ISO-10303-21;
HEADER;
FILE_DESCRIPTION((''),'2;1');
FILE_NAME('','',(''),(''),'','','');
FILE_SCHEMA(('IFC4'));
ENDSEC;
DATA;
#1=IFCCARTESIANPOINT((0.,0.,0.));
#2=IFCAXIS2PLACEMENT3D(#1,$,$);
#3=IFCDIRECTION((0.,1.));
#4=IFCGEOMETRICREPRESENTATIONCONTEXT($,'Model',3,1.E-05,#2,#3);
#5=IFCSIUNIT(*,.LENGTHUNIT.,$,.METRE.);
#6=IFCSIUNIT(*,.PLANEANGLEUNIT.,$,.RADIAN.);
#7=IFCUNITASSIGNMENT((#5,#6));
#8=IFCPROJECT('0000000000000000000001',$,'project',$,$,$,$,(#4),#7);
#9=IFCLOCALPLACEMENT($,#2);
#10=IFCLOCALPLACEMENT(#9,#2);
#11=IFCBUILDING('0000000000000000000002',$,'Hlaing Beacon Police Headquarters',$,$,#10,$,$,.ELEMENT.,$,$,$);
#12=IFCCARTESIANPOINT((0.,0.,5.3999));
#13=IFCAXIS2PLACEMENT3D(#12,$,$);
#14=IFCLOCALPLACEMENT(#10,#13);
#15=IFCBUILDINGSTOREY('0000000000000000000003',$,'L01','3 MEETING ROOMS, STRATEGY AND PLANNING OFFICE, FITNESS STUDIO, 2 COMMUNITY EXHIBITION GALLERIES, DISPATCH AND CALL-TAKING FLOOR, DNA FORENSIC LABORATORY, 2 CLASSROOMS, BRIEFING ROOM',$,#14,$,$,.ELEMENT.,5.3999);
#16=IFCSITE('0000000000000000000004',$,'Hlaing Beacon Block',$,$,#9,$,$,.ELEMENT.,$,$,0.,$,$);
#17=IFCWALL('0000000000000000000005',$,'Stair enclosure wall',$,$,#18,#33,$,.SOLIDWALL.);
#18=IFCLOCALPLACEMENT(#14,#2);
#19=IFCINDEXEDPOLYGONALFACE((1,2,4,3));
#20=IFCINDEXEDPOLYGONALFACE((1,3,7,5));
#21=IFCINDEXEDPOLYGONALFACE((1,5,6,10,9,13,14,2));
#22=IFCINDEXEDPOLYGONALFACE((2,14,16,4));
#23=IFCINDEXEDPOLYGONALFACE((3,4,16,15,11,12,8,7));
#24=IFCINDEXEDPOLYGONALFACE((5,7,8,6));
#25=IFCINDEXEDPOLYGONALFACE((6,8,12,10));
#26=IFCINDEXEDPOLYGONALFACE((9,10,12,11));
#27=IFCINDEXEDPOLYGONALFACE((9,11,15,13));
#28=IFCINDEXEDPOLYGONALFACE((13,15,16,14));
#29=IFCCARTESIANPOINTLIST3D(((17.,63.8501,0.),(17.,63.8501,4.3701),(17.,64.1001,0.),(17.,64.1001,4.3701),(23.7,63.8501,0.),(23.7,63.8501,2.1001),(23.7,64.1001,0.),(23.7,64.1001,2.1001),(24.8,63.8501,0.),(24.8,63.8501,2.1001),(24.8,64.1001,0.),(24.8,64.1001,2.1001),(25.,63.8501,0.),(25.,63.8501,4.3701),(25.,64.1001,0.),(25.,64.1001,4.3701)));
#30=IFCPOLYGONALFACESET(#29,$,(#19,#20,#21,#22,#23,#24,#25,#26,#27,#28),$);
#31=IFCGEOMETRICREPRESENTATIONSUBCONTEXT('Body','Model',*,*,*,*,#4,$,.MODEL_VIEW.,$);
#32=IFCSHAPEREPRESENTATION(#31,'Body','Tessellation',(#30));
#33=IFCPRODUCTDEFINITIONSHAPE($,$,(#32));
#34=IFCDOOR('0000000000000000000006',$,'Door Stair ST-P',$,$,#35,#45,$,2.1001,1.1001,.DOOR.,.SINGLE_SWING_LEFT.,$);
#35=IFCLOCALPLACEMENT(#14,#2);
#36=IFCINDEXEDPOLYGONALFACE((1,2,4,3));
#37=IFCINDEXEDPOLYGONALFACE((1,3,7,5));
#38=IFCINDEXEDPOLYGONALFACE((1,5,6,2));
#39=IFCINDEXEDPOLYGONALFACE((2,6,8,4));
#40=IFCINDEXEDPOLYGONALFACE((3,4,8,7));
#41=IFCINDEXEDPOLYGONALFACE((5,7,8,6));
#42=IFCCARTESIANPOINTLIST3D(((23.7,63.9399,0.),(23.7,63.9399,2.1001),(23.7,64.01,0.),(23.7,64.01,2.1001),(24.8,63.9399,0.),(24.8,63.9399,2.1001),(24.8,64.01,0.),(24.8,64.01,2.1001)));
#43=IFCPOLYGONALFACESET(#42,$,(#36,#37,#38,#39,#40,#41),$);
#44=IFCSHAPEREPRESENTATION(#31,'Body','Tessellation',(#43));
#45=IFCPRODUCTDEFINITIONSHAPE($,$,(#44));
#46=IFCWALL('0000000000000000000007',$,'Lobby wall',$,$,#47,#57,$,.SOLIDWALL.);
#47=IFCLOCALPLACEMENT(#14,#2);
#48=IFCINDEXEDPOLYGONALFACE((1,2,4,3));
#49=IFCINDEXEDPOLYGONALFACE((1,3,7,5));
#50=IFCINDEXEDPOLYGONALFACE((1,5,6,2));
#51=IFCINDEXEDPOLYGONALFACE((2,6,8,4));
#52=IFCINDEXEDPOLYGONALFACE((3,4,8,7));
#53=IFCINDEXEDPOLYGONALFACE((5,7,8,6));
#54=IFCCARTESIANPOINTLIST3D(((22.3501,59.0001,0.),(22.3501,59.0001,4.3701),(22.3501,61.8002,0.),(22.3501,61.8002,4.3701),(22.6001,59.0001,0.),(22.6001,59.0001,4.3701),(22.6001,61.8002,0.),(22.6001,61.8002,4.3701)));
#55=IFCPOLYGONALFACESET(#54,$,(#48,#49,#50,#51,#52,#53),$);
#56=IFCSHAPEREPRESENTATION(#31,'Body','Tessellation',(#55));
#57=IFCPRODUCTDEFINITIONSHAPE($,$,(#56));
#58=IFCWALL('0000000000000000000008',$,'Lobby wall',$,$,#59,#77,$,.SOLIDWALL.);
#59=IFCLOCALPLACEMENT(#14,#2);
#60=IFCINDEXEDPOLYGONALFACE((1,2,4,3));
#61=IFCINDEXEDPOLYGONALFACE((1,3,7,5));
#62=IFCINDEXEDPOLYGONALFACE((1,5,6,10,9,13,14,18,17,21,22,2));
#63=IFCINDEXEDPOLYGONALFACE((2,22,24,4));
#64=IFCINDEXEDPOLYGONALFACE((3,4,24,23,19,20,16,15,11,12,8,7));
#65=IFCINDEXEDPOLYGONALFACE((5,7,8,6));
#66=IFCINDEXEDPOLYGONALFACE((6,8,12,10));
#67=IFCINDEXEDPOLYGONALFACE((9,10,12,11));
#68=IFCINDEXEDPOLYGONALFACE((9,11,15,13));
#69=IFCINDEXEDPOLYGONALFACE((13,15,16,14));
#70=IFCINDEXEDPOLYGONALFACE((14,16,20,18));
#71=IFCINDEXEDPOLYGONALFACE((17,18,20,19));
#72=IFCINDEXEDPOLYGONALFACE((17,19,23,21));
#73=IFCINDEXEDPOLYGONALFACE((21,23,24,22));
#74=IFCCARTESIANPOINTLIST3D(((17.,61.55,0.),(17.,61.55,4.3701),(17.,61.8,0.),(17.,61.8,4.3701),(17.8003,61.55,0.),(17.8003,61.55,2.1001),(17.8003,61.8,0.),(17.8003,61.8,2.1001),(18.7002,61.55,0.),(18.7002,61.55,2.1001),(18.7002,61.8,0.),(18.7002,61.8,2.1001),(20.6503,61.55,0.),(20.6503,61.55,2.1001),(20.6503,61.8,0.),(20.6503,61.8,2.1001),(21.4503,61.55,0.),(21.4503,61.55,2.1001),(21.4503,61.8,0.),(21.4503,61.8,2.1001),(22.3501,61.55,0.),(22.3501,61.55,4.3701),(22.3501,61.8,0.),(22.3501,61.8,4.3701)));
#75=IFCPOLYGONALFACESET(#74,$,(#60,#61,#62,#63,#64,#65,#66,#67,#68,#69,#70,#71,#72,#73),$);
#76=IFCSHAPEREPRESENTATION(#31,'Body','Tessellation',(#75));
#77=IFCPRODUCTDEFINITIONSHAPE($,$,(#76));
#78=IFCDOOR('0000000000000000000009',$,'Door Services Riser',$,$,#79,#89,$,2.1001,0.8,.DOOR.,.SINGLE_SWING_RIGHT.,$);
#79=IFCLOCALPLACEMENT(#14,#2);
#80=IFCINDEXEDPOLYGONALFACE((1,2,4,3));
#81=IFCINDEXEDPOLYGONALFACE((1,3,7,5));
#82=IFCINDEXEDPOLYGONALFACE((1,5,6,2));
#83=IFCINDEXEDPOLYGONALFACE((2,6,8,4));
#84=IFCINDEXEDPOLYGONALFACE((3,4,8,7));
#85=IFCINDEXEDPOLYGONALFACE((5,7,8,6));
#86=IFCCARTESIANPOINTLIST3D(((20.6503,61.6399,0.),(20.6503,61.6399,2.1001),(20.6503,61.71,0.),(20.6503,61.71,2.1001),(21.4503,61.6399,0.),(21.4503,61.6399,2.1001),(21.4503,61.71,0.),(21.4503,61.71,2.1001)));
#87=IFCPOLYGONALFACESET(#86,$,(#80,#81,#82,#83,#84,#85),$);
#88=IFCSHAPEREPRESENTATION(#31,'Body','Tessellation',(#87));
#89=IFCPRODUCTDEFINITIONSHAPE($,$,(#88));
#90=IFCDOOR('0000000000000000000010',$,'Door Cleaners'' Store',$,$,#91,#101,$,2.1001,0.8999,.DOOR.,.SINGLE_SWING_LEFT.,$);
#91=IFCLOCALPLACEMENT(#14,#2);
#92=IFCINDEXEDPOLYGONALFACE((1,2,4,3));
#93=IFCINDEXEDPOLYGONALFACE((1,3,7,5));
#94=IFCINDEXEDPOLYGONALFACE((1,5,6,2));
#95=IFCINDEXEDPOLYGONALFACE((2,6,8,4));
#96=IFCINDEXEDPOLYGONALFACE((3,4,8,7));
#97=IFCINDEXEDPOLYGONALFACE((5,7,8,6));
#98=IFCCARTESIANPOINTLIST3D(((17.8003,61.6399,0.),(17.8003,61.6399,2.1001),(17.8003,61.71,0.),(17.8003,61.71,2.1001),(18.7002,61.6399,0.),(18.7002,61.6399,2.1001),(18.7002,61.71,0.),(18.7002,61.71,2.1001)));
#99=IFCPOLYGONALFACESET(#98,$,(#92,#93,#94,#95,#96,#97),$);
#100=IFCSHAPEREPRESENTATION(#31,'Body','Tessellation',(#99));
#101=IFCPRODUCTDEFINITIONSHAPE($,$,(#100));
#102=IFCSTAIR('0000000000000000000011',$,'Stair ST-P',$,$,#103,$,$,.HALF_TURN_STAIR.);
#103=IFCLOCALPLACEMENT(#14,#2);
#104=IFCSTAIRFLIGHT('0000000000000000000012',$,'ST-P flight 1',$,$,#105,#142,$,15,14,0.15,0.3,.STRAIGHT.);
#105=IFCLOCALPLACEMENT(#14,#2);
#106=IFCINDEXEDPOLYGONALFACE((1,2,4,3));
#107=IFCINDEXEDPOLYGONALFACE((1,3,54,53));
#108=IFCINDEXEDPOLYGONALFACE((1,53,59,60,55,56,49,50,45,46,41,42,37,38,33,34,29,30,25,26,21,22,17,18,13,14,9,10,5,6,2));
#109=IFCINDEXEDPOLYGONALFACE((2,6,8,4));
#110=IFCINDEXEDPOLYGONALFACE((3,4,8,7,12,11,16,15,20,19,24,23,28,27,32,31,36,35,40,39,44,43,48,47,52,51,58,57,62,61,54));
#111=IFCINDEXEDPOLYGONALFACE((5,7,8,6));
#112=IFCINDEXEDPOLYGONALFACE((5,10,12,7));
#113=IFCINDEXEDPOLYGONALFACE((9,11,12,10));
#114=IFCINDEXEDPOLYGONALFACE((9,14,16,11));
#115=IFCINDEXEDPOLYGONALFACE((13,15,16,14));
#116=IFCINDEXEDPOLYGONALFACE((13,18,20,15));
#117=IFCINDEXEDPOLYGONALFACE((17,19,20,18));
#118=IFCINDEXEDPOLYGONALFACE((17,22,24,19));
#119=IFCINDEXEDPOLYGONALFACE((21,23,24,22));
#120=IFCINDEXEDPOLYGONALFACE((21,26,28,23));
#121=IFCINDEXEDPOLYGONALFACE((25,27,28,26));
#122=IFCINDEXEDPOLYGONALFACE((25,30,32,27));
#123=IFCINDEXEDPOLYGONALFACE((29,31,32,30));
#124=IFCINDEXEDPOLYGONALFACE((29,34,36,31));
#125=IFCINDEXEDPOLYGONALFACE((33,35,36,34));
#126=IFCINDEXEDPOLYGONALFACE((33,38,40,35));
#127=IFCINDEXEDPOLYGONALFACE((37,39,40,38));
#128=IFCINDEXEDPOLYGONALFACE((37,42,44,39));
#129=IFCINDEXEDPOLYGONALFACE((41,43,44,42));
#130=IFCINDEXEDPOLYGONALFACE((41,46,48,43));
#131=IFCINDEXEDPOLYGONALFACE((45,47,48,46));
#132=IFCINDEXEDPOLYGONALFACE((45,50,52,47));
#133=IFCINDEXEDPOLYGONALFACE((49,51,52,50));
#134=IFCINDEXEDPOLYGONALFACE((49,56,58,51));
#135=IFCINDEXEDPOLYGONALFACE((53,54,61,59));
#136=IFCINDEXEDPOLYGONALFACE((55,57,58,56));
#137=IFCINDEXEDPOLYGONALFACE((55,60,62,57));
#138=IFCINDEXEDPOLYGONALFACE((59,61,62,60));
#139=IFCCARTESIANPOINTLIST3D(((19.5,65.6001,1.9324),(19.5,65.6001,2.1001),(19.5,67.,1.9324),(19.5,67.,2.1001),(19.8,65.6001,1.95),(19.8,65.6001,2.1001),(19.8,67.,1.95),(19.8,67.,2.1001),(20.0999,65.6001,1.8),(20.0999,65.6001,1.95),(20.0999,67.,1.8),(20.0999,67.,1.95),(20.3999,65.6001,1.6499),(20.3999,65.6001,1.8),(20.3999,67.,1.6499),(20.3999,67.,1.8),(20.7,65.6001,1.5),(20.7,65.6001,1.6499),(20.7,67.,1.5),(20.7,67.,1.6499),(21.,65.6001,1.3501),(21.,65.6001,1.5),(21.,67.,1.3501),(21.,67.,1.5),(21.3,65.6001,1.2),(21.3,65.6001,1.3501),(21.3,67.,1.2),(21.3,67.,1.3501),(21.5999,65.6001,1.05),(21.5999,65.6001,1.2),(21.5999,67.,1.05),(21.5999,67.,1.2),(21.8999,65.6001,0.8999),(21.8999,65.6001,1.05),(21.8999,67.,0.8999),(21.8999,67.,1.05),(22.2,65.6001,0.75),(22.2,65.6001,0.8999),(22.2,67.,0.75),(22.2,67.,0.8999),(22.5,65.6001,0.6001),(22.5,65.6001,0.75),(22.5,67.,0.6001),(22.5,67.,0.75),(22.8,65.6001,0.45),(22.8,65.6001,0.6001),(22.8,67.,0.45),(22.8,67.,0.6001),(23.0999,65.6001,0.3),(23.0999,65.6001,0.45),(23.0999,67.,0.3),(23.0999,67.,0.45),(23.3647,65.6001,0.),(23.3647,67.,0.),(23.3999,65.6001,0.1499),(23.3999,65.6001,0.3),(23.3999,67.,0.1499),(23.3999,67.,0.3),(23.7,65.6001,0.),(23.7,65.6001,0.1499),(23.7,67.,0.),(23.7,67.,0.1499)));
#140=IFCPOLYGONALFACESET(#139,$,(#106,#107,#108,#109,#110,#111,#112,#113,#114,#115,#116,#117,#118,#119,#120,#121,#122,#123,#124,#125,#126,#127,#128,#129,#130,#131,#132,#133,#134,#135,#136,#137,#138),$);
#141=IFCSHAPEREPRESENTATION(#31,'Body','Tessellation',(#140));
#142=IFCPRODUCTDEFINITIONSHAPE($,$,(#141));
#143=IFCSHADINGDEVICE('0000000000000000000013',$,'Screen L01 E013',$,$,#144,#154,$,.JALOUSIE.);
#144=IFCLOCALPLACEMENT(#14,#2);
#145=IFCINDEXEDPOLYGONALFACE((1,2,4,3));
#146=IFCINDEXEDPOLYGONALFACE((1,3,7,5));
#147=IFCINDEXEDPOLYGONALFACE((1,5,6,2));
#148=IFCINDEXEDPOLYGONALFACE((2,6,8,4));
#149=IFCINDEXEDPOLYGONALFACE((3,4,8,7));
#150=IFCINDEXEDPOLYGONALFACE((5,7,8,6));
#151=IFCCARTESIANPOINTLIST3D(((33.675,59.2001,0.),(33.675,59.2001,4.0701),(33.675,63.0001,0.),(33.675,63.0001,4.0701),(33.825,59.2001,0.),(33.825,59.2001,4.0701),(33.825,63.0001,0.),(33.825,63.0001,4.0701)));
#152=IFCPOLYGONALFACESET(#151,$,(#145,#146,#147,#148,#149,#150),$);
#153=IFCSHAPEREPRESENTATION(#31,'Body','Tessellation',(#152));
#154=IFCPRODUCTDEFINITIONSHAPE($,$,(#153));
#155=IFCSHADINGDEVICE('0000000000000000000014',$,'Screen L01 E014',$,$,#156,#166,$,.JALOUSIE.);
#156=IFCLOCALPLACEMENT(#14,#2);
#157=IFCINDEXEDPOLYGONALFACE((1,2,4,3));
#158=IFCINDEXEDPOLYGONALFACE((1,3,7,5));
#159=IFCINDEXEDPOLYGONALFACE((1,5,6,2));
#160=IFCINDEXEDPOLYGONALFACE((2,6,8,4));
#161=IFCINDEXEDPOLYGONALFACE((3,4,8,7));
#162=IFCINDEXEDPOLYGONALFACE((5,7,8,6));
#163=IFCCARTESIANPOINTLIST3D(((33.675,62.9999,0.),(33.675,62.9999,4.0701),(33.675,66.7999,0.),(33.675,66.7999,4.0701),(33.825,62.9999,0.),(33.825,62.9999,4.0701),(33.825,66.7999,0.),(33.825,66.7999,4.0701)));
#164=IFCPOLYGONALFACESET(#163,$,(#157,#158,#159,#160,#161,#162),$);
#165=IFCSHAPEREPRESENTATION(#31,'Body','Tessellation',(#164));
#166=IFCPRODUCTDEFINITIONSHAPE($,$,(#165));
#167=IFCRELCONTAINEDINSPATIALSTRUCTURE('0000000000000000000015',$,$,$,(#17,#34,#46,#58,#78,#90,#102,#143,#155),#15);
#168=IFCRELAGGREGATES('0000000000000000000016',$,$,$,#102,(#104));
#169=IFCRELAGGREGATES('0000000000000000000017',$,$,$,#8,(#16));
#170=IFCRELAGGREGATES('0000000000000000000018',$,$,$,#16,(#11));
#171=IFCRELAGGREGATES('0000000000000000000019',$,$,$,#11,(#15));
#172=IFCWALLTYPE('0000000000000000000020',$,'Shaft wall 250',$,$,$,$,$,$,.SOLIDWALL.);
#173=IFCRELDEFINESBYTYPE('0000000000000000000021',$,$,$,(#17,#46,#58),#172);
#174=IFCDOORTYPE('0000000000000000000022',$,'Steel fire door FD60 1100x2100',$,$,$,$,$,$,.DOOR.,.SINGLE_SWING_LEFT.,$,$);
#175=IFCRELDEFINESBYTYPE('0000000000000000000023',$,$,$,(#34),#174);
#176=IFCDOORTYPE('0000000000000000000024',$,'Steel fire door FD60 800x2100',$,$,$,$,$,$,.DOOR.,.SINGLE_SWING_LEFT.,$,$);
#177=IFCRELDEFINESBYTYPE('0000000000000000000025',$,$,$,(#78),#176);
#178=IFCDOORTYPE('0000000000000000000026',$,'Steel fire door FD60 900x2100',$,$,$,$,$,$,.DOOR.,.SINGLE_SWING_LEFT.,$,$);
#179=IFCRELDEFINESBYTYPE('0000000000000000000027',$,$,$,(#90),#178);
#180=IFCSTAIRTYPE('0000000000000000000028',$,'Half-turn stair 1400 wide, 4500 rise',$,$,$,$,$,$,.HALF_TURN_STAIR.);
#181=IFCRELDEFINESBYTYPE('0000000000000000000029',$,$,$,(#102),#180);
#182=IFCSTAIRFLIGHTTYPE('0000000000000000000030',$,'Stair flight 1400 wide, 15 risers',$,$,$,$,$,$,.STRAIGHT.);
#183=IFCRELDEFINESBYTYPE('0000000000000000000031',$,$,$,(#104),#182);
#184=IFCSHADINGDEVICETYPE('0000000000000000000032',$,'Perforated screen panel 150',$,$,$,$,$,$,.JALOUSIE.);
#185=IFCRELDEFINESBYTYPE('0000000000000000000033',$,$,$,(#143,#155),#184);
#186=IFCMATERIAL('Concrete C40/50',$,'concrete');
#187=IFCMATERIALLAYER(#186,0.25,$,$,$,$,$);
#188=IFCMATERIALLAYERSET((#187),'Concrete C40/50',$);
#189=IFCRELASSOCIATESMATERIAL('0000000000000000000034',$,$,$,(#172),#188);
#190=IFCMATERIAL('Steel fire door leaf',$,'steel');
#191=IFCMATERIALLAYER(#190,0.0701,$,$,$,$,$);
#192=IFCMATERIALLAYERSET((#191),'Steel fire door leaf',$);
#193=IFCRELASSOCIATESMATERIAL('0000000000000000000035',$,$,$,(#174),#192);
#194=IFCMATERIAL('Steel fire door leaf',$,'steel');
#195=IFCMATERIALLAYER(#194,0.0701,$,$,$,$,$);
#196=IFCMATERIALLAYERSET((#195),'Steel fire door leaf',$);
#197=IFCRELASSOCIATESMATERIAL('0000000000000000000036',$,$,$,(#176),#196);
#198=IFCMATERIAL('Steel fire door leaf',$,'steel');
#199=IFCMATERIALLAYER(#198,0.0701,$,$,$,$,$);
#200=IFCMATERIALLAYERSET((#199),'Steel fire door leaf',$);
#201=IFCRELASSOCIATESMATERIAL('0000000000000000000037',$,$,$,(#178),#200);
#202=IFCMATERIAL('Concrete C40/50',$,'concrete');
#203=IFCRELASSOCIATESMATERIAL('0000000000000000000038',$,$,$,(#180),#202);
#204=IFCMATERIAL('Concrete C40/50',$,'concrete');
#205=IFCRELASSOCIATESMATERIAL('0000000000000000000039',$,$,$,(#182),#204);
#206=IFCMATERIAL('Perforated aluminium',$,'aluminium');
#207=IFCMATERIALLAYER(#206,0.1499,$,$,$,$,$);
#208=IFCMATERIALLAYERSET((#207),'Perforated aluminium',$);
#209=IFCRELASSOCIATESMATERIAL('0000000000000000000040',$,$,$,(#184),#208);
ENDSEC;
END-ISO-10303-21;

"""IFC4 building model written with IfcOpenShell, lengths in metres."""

from ifc_helpers import new_model, si_unit, direction, frame, frame_2d, origin, origin_2d, place, context, subcontext, project, spatial, polyline, rectangle, outline, extrude, material, layer, layer_set, type_object, element, fill, aggregate, save


model = new_model("IFC4")

# Units and contexts
model_context = context("Model", 3, precision=1e-05, world=origin(), true_north=direction((0.0, 1.0)))
body_context = subcontext(model_context, "Body", "Model", "MODEL_VIEW")
ifc_project = project(units=[si_unit("LENGTHUNIT", "METRE"), si_unit("PLANEANGLEUNIT", "RADIAN")], contexts=[model_context])

# Site, building, storey
site_placement = place(None, origin())
site = spatial("IfcSite", under=ifc_project, at=site_placement, Name="Hlaing Beacon Block", CompositionType="ELEMENT", RefElevation=0.0)
building_placement = place(site_placement, origin())
building = spatial("IfcBuilding", under=site, at=building_placement, Name="Hlaing Beacon Police Headquarters", CompositionType="ELEMENT")
storey_placement = place(building_placement, frame((0.0, 0.0, 5.3999)))
storey = spatial("IfcBuildingStorey", under=building, at=storey_placement, Name="L01", Description="3 MEETING ROOMS, STRATEGY AND PLANNING OFFICE, FITNESS STUDIO, 2 COMMUNITY EXHIBITION GALLERIES, DISPATCH AND CALL-TAKING FLOOR, DNA FORENSIC LABORATORY, 2 CLASSROOMS, BRIEFING ROOM", CompositionType="ELEMENT", Elevation=5.3999)

# Wall, opening, door
ifc_material_1 = material(Name="Concrete C40/50", Category="concrete")
ifc_layer_1 = layer(ifc_material_1, 0.25)
ifc_layer_set_1 = layer_set([ifc_layer_1], Name="Concrete C40/50")
wall_type_1 = type_object("IfcWallType", Name="Shaft wall 250", PredefinedType="SOLIDWALL", material=ifc_layer_set_1)
wall_1_placement = place(storey_placement, frame((25.0, 63.9751, 0.0), z_axis=(0.0, 0.0, 1.0), x_axis=(-1.0, 0.0, 0.0)))
wall_1 = element("IfcWall", 1, at=wall_1_placement, inside=storey, type_object=wall_type_1, Name="Stair enclosure wall", PredefinedType="SOLIDWALL", context=body_context, shape_type="SweptSolid", body=[
    extrude(rectangle(XDim=8.0, YDim=0.25, at=frame_2d((4.0, 0.0))), origin(), (0.0, 0.0, 1.0), 4.3701),
])
opening_1_placement = place(wall_1_placement, frame((0.2, 0.0, 0.0)))
opening_1 = element("IfcOpeningElement", 2, at=opening_1_placement, cuts=wall_1, PredefinedType="OPENING", context=body_context, shape_type="SweptSolid", body=[
    extrude(rectangle(XDim=1.1001, YDim=2.1001, at=frame_2d((0.55, 1.05))), frame((0.0, 0.135, 0.0), z_axis=(0.0, -1.0, 0.0), x_axis=(1.0, 0.0, 0.0)), (0.0, 0.0, 1.0), 0.27),
])
ifc_material_2 = material(Name="Steel fire door leaf", Category="steel")
ifc_layer_2 = layer(ifc_material_2, 0.0701)
ifc_layer_set_2 = layer_set([ifc_layer_2], Name="Steel fire door leaf")
door_type_1 = type_object("IfcDoorType", Name="Steel fire door FD60 1100x2100", OperationType="SINGLE_SWING_LEFT", PredefinedType="DOOR", material=ifc_layer_set_2)
door_1_placement = place(opening_1_placement, frame((1.1001, 0.0, 0.0), z_axis=(0.0, 0.0, 1.0), x_axis=(-1.0, 0.0, 0.0)))
door_1 = element("IfcDoor", 3, at=door_1_placement, inside=storey, type_object=door_type_1, Name="Door Stair ST-P", OperationType="SINGLE_SWING_LEFT", OverallHeight=2.1001, OverallWidth=1.1001, PredefinedType="DOOR", context=body_context, shape_type="SweptSolid", body=[
    extrude(rectangle(XDim=1.1001, YDim=2.1001, at=frame_2d((0.55, 1.05))), frame((0.0, 0.0349, 0.0), z_axis=(0.0, -1.0, 0.0), x_axis=(1.0, 0.0, 0.0)), (0.0, 0.0, 1.0), 0.0701),
])
fill(opening_1, door_1)

# Wall
wall_2_placement = place(storey_placement, frame((22.4751, 61.8, 0.0), z_axis=(0.0, 0.0, 1.0), x_axis=(0.0, -1.0, 0.0)))
element("IfcWall", 4, at=wall_2_placement, inside=storey, type_object=wall_type_1, Name="Lobby wall", PredefinedType="SOLIDWALL", context=body_context, shape_type="SweptSolid", body=[
    extrude(rectangle(XDim=2.8, YDim=0.25, at=frame_2d((1.3999, 0.0))), origin(), (0.0, 0.0, 1.0), 4.3701),
])

# Wall, openings, doors
wall_3_placement = place(storey_placement, frame((22.3501, 61.675, 0.0), z_axis=(0.0, 0.0, 1.0), x_axis=(-1.0, 0.0, 0.0)))
wall_3 = element("IfcWall", 5, at=wall_3_placement, inside=storey, type_object=wall_type_1, Name="Lobby wall", PredefinedType="SOLIDWALL", context=body_context, shape_type="SweptSolid", body=[
    extrude(rectangle(XDim=5.3501, YDim=0.25, at=frame_2d((2.675, 0.0))), origin(), (0.0, 0.0, 1.0), 4.3701),
])
opening_2_placement = place(wall_3_placement, frame((3.6499, 0.0, 0.0)))
opening_2 = element("IfcOpeningElement", 6, at=opening_2_placement, cuts=wall_3, PredefinedType="OPENING", context=body_context, shape_type="SweptSolid", body=[
    extrude(rectangle(XDim=0.8999, YDim=2.1001, at=frame_2d((0.45, 1.05))), frame((0.0, 0.135, 0.0), z_axis=(0.0, -1.0, 0.0), x_axis=(1.0, 0.0, 0.0)), (0.0, 0.0, 1.0), 0.27),
])
opening_3_placement = place(wall_3_placement, frame((0.8999, 0.0, 0.0)))
opening_3 = element("IfcOpeningElement", 7, at=opening_3_placement, cuts=wall_3, PredefinedType="OPENING", context=body_context, shape_type="SweptSolid", body=[
    extrude(rectangle(XDim=0.8, YDim=2.1001, at=frame_2d((0.3999, 1.05))), frame((0.0, 0.135, 0.0), z_axis=(0.0, -1.0, 0.0), x_axis=(1.0, 0.0, 0.0)), (0.0, 0.0, 1.0), 0.27),
])
ifc_material_3 = material(Name="Steel fire door leaf", Category="steel")
ifc_layer_3 = layer(ifc_material_3, 0.0701)
ifc_layer_set_3 = layer_set([ifc_layer_3], Name="Steel fire door leaf")
door_type_2 = type_object("IfcDoorType", Name="Steel fire door FD60 800x2100", OperationType="SINGLE_SWING_LEFT", PredefinedType="DOOR", material=ifc_layer_set_3)
door_2_placement = place(opening_3_placement, origin())
door_2 = element("IfcDoor", 8, at=door_2_placement, inside=storey, type_object=door_type_2, Name="Door Services Riser", OperationType="SINGLE_SWING_RIGHT", OverallHeight=2.1001, OverallWidth=0.8, PredefinedType="DOOR", context=body_context, shape_type="SweptSolid", body=[
    extrude(rectangle(XDim=0.8, YDim=2.1001, at=frame_2d((0.3999, 1.05))), frame((0.0, 0.0352, 0.0), z_axis=(0.0, -1.0, 0.0), x_axis=(1.0, 0.0, 0.0)), (0.0, 0.0, 1.0), 0.0701),
])
fill(opening_3, door_2)
ifc_material_4 = material(Name="Steel fire door leaf", Category="steel")
ifc_layer_4 = layer(ifc_material_4, 0.0701)
ifc_layer_set_4 = layer_set([ifc_layer_4], Name="Steel fire door leaf")
door_type_3 = type_object("IfcDoorType", Name="Steel fire door FD60 900x2100", OperationType="SINGLE_SWING_LEFT", PredefinedType="DOOR", material=ifc_layer_set_4)
door_3_placement = place(opening_2_placement, origin())
door_3 = element("IfcDoor", 9, at=door_3_placement, inside=storey, type_object=door_type_3, Name="Door Cleaners' Store", OperationType="SINGLE_SWING_LEFT", OverallHeight=2.1001, OverallWidth=0.8999, PredefinedType="DOOR", context=body_context, shape_type="SweptSolid", body=[
    extrude(rectangle(XDim=0.8999, YDim=2.1001, at=frame_2d((0.45, 1.05))), frame((0.0, 0.0352, 0.0), z_axis=(0.0, -1.0, 0.0), x_axis=(1.0, 0.0, 0.0)), (0.0, 0.0, 1.0), 0.0701),
])
fill(opening_2, door_3)

# Stair, stair flight
ifc_material_5 = material(Name="Concrete C40/50", Category="concrete")
stair_type = type_object("IfcStairType", Name="Half-turn stair 1400 wide, 4500 rise", PredefinedType="HALF_TURN_STAIR", material=ifc_material_5)
stair_placement = place(storey_placement, origin())
stair = element("IfcStair", 10, at=stair_placement, inside=storey, type_object=stair_type, Name="Stair ST-P", PredefinedType="HALF_TURN_STAIR")
ifc_material_6 = material(Name="Concrete C40/50", Category="concrete")
stair_flight_type = type_object("IfcStairFlightType", Name="Stair flight 1400 wide, 15 risers", PredefinedType="STRAIGHT", material=ifc_material_6)
stair_flight_placement = place(storey_placement, frame((23.7, 66.3, 0.0), z_axis=(0.0, 0.0, 1.0), x_axis=(-1.0, 0.0, 0.0)))
stair_flight = element("IfcStairFlight", 11, at=stair_flight_placement, type_object=stair_flight_type, Name="ST-P flight 1", NumberOfRisers=15, NumberOfTreads=14, PredefinedType="STRAIGHT", RiserHeight=0.15, TreadLength=0.3, context=body_context, shape_type="SweptSolid", body=[
    extrude(outline(polyline([(0.0, 0.0), (0.0, 0.1499), (0.3, 0.1499), (0.3, 0.3), (0.6001, 0.3), (0.6001, 0.45), (0.8999, 0.45), (0.8999, 0.6001), (1.2, 0.6001), (1.2, 0.75), (1.5, 0.75), (1.5, 0.8999), (1.8, 0.8999), (1.8, 1.05), (2.1001, 1.05), (2.1001, 1.2), (2.3999, 1.2), (2.3999, 1.3501), (2.7, 1.3501), (2.7, 1.5), (3.0, 1.5), (3.0, 1.6499), (3.3, 1.6499), (3.3, 1.8), (3.6001, 1.8), (3.6001, 1.95), (3.8999, 1.95), (3.8999, 2.1001), (4.2, 2.1001), (4.2, 2.25), (4.2, 1.9324), (0.3352, 0.0), (0.0, 0.0)])), frame((0.0, 0.7, 0.0), z_axis=(0.0, -1.0, 0.0), x_axis=(1.0, 0.0, 0.0)), (0.0, 0.0, 1.0), 1.3999),
])
aggregate(stair, [stair_flight])

# Shading devices
ifc_material_7 = material(Name="Perforated aluminium", Category="aluminium")
ifc_layer_5 = layer(ifc_material_7, 0.1499)
ifc_layer_set_5 = layer_set([ifc_layer_5], Name="Perforated aluminium")
shading_device_type = type_object("IfcShadingDeviceType", Name="Perforated screen panel 150", PredefinedType="JALOUSIE", material=ifc_layer_set_5)
for number, where, z_axis, x_axis, name in (
    (12, (33.75, 61.1001, 0.0), (0.0, 0.0, 1.0), (0.0, 1.0, 0.0), "Screen L01 E013"),
    (13, (33.75, 64.8999, 0.0), (0.0, 0.0, 1.0), (0.0, 1.0, 0.0), "Screen L01 E014"),
):
    element("IfcShadingDevice", number, at=place(storey_placement, frame(where, z_axis=z_axis, x_axis=x_axis)), inside=storey, type_object=shading_device_type, Name=name, PredefinedType="JALOUSIE", context=body_context, shape_type="SweptSolid", body=[
        extrude(rectangle(XDim=3.8, YDim=0.1499, at=origin_2d()), origin(), (0.0, 0.0, 1.0), 4.0701),
    ])

save(model, "model.ifc")
